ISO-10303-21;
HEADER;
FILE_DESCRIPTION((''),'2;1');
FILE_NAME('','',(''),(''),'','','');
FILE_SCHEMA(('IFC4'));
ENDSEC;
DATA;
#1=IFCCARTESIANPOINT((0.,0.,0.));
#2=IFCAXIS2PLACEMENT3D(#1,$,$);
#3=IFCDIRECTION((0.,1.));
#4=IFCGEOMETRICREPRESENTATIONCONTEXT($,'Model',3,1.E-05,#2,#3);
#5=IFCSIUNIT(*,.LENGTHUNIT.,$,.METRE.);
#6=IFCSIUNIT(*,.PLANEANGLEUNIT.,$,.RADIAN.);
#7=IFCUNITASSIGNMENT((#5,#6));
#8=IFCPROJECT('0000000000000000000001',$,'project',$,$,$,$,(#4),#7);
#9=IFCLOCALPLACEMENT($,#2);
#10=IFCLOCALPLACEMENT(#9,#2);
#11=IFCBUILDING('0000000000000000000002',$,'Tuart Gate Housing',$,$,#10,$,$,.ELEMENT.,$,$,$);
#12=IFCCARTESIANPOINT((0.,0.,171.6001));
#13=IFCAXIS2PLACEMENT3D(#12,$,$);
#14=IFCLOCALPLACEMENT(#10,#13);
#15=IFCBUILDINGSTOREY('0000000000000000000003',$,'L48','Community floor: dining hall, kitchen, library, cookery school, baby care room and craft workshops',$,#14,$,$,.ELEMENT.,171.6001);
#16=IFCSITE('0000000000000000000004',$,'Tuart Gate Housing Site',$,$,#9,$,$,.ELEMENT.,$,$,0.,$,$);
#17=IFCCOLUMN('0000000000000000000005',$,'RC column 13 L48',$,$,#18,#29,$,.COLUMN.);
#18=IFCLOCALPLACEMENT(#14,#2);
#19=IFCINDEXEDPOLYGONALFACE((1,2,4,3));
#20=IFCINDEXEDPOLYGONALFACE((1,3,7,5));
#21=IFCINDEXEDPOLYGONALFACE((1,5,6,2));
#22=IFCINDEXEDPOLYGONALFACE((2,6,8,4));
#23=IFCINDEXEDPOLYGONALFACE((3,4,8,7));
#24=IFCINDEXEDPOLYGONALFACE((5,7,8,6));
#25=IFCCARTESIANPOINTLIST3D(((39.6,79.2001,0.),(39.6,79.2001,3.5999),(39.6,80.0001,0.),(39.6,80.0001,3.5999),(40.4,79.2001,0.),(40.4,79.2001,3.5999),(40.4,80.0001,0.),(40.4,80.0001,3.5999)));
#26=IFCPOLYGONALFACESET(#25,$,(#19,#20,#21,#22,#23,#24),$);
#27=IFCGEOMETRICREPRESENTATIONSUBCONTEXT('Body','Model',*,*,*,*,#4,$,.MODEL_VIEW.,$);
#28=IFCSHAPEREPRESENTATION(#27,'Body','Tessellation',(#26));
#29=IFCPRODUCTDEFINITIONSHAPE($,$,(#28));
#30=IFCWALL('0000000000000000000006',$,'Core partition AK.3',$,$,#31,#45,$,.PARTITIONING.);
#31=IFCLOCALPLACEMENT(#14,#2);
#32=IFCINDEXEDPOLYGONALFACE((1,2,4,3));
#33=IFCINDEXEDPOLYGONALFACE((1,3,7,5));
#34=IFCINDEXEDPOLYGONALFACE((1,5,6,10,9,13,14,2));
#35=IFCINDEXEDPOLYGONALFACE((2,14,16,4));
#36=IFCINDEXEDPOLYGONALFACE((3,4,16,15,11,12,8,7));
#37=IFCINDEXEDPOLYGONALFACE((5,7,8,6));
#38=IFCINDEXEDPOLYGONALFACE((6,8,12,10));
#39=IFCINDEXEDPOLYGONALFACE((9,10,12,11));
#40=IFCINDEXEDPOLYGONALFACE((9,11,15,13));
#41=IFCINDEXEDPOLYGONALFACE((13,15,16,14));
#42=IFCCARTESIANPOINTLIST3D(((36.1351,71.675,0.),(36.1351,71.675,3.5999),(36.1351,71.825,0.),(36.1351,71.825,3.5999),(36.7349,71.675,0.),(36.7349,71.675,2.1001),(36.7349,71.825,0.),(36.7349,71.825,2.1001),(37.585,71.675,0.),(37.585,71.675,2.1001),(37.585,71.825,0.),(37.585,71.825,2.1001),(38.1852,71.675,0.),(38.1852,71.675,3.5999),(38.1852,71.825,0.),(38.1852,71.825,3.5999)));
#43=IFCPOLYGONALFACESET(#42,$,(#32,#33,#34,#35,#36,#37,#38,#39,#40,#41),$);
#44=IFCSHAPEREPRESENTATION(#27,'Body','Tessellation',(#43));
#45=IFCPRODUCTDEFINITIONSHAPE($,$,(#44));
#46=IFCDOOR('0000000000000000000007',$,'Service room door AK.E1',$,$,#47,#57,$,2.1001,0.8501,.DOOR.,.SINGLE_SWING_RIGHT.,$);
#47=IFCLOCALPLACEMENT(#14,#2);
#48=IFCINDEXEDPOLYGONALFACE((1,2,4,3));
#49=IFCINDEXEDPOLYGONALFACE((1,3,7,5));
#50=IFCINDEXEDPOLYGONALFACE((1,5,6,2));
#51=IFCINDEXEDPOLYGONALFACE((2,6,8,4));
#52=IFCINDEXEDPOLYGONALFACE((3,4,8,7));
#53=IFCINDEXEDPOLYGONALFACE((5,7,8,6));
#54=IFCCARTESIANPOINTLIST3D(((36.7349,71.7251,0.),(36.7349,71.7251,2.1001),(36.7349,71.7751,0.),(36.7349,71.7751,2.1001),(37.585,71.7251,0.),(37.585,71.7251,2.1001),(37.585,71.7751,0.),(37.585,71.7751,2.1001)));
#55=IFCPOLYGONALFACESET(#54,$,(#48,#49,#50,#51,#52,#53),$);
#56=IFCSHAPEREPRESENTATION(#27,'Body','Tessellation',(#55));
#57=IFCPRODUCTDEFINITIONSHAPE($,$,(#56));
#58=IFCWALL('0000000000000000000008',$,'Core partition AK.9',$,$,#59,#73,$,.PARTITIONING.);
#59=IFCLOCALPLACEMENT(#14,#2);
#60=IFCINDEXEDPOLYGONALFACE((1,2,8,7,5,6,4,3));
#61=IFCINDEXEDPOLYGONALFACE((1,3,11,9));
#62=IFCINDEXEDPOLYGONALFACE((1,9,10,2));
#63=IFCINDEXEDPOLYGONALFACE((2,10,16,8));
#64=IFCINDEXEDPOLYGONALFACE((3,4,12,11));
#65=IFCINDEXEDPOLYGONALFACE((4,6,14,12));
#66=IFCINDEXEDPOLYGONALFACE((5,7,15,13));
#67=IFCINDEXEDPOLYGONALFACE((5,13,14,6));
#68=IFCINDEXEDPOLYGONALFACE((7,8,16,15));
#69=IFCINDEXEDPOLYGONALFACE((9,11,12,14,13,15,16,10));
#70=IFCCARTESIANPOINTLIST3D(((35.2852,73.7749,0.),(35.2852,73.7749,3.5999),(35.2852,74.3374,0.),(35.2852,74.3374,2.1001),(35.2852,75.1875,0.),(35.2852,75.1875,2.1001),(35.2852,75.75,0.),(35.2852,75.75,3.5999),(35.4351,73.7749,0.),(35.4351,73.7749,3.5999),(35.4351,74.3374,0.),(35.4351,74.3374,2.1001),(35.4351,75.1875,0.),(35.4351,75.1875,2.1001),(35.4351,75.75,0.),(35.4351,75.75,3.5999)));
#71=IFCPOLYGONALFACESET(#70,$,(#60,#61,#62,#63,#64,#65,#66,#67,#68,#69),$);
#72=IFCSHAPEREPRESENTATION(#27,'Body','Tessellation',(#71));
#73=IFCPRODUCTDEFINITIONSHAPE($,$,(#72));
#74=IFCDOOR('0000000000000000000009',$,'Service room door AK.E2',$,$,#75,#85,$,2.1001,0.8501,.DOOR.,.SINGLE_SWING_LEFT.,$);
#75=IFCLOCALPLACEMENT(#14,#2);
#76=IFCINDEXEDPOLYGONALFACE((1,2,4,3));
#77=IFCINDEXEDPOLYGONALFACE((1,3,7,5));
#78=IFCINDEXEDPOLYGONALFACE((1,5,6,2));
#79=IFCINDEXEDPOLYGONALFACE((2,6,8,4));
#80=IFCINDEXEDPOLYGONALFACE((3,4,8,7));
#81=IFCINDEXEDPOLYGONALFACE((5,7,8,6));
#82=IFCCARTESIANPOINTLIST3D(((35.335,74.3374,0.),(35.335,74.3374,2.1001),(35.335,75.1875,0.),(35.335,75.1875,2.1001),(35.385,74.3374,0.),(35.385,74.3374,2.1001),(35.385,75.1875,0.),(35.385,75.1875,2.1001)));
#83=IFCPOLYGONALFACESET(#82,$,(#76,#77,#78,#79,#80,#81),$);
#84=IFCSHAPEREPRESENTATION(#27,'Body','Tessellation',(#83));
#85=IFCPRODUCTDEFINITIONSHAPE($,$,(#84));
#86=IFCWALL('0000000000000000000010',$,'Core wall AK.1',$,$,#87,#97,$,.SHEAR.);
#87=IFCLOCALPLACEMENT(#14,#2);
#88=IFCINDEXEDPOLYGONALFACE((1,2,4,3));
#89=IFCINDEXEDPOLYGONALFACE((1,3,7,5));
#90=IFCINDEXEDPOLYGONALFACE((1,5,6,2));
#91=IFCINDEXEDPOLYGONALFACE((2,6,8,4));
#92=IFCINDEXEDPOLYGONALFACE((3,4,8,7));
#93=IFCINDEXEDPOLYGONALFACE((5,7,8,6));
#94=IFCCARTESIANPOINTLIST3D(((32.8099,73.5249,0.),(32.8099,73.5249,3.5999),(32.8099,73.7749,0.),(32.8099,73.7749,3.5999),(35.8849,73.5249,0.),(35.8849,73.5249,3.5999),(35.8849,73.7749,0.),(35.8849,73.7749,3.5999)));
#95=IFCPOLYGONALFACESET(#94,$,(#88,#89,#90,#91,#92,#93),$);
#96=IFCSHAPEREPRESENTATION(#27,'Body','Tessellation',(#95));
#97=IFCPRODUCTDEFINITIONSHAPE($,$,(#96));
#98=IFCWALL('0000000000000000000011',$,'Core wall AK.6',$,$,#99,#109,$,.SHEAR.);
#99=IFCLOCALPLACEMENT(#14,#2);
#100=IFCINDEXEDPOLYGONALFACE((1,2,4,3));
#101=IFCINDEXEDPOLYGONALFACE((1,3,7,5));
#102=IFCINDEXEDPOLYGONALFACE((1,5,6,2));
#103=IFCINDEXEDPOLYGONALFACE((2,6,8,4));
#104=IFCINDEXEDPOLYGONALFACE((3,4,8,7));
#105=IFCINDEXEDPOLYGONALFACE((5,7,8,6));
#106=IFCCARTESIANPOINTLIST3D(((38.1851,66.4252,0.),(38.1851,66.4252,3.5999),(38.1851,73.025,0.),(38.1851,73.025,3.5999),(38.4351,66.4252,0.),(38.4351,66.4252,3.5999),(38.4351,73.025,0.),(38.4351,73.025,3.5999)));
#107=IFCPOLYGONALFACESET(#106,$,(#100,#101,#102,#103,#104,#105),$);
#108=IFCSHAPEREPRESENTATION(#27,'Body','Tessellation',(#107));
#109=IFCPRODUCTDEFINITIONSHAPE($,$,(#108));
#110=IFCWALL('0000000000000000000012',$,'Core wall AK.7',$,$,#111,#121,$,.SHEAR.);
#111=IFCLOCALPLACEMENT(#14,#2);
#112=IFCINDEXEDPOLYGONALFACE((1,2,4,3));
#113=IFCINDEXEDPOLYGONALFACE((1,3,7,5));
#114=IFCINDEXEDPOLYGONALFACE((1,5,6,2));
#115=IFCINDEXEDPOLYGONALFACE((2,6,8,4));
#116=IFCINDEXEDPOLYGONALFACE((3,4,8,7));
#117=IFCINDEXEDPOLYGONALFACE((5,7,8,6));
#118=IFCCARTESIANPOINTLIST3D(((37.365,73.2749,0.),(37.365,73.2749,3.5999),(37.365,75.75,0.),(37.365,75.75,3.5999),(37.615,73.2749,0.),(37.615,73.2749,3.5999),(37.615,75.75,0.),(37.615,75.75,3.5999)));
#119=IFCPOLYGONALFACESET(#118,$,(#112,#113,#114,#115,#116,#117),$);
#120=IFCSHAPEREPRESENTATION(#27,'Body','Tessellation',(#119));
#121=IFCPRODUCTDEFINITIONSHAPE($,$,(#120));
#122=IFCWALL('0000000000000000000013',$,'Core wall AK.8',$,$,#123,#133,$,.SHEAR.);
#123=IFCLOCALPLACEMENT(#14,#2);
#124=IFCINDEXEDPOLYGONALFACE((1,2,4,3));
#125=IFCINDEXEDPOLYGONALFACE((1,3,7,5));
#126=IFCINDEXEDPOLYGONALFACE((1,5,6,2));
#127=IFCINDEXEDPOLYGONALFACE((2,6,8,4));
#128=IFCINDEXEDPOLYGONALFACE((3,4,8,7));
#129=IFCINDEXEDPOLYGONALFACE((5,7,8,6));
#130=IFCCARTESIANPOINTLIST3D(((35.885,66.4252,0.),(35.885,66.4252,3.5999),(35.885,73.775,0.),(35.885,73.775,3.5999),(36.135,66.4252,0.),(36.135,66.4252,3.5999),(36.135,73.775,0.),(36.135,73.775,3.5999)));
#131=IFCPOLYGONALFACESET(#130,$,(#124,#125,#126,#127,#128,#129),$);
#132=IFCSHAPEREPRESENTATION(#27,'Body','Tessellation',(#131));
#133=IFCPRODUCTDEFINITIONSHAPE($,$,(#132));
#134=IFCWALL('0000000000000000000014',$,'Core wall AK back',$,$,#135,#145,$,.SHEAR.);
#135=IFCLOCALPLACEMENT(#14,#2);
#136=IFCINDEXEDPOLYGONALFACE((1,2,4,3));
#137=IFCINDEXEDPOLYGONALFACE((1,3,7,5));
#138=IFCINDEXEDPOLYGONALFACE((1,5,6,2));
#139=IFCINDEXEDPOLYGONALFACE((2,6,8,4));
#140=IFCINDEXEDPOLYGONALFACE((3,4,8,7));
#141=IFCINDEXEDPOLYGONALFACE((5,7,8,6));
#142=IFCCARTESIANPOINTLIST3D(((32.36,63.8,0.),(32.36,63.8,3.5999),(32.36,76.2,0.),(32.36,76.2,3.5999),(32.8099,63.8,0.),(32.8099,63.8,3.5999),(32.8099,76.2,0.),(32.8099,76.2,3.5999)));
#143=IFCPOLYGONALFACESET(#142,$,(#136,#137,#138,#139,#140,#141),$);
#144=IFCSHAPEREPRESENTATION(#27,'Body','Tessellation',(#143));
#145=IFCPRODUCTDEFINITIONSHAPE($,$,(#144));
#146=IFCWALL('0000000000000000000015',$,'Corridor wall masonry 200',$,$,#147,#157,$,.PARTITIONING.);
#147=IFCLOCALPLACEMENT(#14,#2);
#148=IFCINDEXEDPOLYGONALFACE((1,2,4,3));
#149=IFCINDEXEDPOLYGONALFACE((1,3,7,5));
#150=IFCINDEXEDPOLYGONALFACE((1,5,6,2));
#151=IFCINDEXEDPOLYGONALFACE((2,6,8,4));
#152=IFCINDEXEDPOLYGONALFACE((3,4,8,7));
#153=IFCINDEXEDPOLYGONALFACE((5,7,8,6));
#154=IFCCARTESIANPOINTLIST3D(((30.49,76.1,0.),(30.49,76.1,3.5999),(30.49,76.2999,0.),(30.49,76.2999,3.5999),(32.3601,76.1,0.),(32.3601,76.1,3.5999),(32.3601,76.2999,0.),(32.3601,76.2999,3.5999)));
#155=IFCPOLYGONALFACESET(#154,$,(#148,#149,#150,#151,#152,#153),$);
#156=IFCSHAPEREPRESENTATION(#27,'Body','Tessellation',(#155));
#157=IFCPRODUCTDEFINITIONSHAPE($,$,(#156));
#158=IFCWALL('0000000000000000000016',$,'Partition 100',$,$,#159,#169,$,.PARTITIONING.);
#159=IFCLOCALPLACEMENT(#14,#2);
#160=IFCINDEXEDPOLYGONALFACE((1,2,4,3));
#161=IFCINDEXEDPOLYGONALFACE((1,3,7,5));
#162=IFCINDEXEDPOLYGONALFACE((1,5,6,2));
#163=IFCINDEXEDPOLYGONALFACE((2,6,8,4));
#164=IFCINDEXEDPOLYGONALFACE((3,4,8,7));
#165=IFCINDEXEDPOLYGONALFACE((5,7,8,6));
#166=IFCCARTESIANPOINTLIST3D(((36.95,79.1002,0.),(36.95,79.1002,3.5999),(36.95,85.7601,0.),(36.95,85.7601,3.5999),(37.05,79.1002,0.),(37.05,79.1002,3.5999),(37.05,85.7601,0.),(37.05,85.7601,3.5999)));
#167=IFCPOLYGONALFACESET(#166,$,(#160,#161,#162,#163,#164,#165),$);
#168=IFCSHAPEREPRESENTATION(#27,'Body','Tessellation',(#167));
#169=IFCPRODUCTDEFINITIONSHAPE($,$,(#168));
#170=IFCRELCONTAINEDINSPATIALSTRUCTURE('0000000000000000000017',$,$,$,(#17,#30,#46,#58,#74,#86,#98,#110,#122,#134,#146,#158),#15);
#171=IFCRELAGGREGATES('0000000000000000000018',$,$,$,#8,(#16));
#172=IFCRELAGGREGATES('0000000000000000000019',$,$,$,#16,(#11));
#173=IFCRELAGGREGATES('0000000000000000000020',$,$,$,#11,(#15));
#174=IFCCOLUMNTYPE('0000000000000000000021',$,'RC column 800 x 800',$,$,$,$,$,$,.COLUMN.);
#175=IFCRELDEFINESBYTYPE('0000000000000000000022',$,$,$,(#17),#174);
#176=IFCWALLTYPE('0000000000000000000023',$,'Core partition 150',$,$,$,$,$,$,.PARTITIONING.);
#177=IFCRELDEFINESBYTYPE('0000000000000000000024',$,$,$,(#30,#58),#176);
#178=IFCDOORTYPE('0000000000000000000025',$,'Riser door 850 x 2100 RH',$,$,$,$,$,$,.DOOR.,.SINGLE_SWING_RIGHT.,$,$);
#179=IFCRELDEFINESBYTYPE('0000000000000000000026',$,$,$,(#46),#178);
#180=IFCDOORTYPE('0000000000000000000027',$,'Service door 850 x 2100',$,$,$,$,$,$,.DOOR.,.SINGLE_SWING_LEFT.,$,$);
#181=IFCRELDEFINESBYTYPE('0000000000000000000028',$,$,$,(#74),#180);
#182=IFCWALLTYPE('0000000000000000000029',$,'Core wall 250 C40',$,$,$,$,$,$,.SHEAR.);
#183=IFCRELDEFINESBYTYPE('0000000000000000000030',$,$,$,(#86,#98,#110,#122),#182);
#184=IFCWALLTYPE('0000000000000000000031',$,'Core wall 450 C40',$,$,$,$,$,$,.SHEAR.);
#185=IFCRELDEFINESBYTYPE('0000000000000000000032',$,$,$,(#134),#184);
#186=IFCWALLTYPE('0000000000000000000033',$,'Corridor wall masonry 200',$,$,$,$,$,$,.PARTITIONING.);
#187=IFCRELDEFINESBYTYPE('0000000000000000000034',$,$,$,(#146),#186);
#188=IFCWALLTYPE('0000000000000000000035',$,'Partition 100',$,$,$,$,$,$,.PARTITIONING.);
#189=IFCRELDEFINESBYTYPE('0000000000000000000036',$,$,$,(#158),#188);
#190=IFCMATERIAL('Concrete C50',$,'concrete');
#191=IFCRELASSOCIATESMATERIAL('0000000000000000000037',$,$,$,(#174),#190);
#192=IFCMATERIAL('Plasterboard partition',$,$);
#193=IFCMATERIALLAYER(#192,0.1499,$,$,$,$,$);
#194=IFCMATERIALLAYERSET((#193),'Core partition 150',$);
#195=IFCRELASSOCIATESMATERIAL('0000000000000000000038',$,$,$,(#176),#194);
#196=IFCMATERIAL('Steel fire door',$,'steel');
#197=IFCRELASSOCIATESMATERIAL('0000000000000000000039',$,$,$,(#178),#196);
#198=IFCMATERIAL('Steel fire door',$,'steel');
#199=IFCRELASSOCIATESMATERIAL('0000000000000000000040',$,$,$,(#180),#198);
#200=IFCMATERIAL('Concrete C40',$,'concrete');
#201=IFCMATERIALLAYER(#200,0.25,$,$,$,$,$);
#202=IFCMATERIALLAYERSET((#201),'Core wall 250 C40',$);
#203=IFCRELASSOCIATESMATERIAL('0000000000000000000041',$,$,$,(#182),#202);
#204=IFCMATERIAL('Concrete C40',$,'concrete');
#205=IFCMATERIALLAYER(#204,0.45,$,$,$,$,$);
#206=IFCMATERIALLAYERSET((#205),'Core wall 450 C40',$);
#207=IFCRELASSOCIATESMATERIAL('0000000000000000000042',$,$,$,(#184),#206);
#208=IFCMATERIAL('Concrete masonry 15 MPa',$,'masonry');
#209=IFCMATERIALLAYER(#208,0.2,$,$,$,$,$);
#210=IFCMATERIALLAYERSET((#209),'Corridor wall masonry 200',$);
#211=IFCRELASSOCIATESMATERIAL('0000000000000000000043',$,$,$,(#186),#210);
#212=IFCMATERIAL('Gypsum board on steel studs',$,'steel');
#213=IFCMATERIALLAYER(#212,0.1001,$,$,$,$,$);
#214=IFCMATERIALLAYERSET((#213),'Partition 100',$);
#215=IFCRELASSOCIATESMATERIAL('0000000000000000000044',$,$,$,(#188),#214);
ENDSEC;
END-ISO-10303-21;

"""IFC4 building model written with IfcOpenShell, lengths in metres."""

from ifc_helpers import new_model, si_unit, direction, frame, frame_2d, origin, origin_2d, place, context, subcontext, project, spatial, rectangle, extrude, material, layer, layer_set, material_profile, profile_set, type_object, element, fill, save


model = new_model("IFC4")

# Units and contexts
model_context = context("Model", 3, precision=1e-05, world=origin(), true_north=direction((0.0, 1.0)))
body_context = subcontext(model_context, "Body", "Model", "MODEL_VIEW")
ifc_project = project(units=[si_unit("LENGTHUNIT", "METRE"), si_unit("PLANEANGLEUNIT", "RADIAN")], contexts=[model_context])

# Site, building, storey
site_placement = place(None, origin())
site = spatial("IfcSite", under=ifc_project, at=site_placement, Name="Tuart Gate Housing Site", CompositionType="ELEMENT", RefElevation=0.0)
building_placement = place(site_placement, origin())
building = spatial("IfcBuilding", under=site, at=building_placement, Name="Tuart Gate Housing", CompositionType="ELEMENT")
storey_placement = place(building_placement, frame((0.0, 0.0, 171.6001)))
storey = spatial("IfcBuildingStorey", under=building, at=storey_placement, Name="L48", Description="Community floor: dining hall, kitchen, library, cookery school, baby care room and craft workshops", CompositionType="ELEMENT", Elevation=171.6001)

# Column
ifc_material_1 = material(Name="Concrete C50", Category="concrete")
ifc_material_profile = material_profile(ifc_material_1, rectangle(XDim=0.8, YDim=0.8, at=origin_2d()), Name="RC column 800 x 800")
ifc_profile_set = profile_set([ifc_material_profile], Name="Concrete C50")
column_type = type_object("IfcColumnType", Name="RC column 800 x 800", PredefinedType="COLUMN", material=ifc_profile_set)
column_placement = place(storey_placement, frame((40.0, 79.6001, 0.0), z_axis=(0.0, 0.0, 1.0), x_axis=(1.0, 0.0, 0.0)))
element("IfcColumn", 1, at=column_placement, inside=storey, type_object=column_type, Name="RC column 13 L48", PredefinedType="COLUMN", context=body_context, shape_type="SweptSolid", body=[
    extrude(rectangle(XDim=0.8, YDim=0.8, at=origin_2d()), origin(), (0.0, 0.0, 1.0), 3.5999),
])

# Walls, openings, doors
ifc_material_2 = material(Name="Plasterboard partition")
ifc_layer_1 = layer(ifc_material_2, 0.1499)
ifc_layer_set_1 = layer_set([ifc_layer_1], Name="Core partition 150")
wall_type_1 = type_object("IfcWallType", Name="Core partition 150", PredefinedType="PARTITIONING", material=ifc_layer_set_1)
wall_1_placement = place(storey_placement, frame((38.1851, 71.75, 0.0), z_axis=(0.0, 0.0, 1.0), x_axis=(-1.0, 0.0, 0.0)))
wall_1 = element("IfcWall", 2, at=wall_1_placement, inside=storey, type_object=wall_type_1, Name="Core partition AK.3", PredefinedType="PARTITIONING", context=body_context, shape_type="SweptSolid", body=[
    extrude(rectangle(XDim=2.05, YDim=0.1499, at=frame_2d((1.0249, 0.0))), origin(), (0.0, 0.0, 1.0), 3.5999),
])
opening_1_placement = place(wall_1_placement, frame((0.6001, 0.0, 0.0)))
opening_1 = element("IfcOpeningElement", 3, at=opening_1_placement, cuts=wall_1, PredefinedType="OPENING", context=body_context, shape_type="SweptSolid", body=[
    extrude(rectangle(XDim=0.8501, YDim=2.1001, at=frame_2d((0.425, 1.05))), frame((0.0, 0.085, 0.0), z_axis=(0.0, -1.0, 0.0), x_axis=(1.0, 0.0, 0.0)), (0.0, 0.0, 1.0), 0.1699),
])
ifc_material_3 = material(Name="Steel fire door", Category="steel")
door_type_1 = type_object("IfcDoorType", Name="Riser door 850 x 2100 RH", OperationType="SINGLE_SWING_RIGHT", PredefinedType="DOOR", material=ifc_material_3)
door_1_placement = place(opening_1_placement, frame((0.8501, 0.0, 0.0), z_axis=(0.0, 0.0, 1.0), x_axis=(-1.0, 0.0, 0.0)))
door_1 = element("IfcDoor", 4, at=door_1_placement, inside=storey, type_object=door_type_1, Name="Service room door AK.E1", OperationType="SINGLE_SWING_RIGHT", OverallHeight=2.1001, OverallWidth=0.8501, PredefinedType="DOOR", context=body_context, shape_type="SweptSolid", body=[
    extrude(rectangle(XDim=0.8501, YDim=2.1001, at=frame_2d((0.425, 1.05))), frame((0.0, 0.0251, 0.0), z_axis=(0.0, -1.0, 0.0), x_axis=(1.0, 0.0, 0.0)), (0.0, 0.0, 1.0), 0.05),
])
fill(opening_1, door_1)
wall_2_placement = place(storey_placement, frame((35.3601, 75.75, 0.0), z_axis=(0.0, 0.0, 1.0), x_axis=(0.0, -1.0, 0.0)))
wall_2 = element("IfcWall", 5, at=wall_2_placement, inside=storey, type_object=wall_type_1, Name="Core partition AK.9", PredefinedType="PARTITIONING", context=body_context, shape_type="SweptSolid", body=[
    extrude(rectangle(XDim=1.9751, YDim=0.1499, at=frame_2d((0.9875, 0.0))), origin(), (0.0, 0.0, 1.0), 3.5999),
])
opening_2_placement = place(wall_2_placement, frame((0.5625, 0.0, 0.0)))
opening_2 = element("IfcOpeningElement", 6, at=opening_2_placement, cuts=wall_2, PredefinedType="OPENING", context=body_context, shape_type="SweptSolid", body=[
    extrude(rectangle(XDim=0.8501, YDim=2.1001, at=frame_2d((0.425, 1.05))), frame((0.0, 0.085, 0.0), z_axis=(0.0, -1.0, 0.0), x_axis=(1.0, 0.0, 0.0)), (0.0, 0.0, 1.0), 0.1699),
])
ifc_material_4 = material(Name="Steel fire door", Category="steel")
door_type_2 = type_object("IfcDoorType", Name="Service door 850 x 2100", OperationType="SINGLE_SWING_LEFT", PredefinedType="DOOR", material=ifc_material_4)
door_2_placement = place(opening_2_placement, origin())
door_2 = element("IfcDoor", 7, at=door_2_placement, inside=storey, type_object=door_type_2, Name="Service room door AK.E2", OperationType="SINGLE_SWING_LEFT", OverallHeight=2.1001, OverallWidth=0.8501, PredefinedType="DOOR", context=body_context, shape_type="SweptSolid", body=[
    extrude(rectangle(XDim=0.8501, YDim=2.1001, at=frame_2d((0.425, 1.05))), frame((0.0, 0.0249, 0.0), z_axis=(0.0, -1.0, 0.0), x_axis=(1.0, 0.0, 0.0)), (0.0, 0.0, 1.0), 0.05),
])
fill(opening_2, door_2)

# Walls
ifc_material_5 = material(Name="Concrete C40", Category="concrete")
ifc_layer_2 = layer(ifc_material_5, 0.25)
ifc_layer_set_2 = layer_set([ifc_layer_2], Name="Core wall 250 C40")
wall_type_2 = type_object("IfcWallType", Name="Core wall 250 C40", PredefinedType="SHEAR", material=ifc_layer_set_2)
wall_3_placement = place(storey_placement, frame((35.885, 73.6499, 0.0), z_axis=(0.0, 0.0, 1.0), x_axis=(-1.0, 0.0, 0.0)))
element("IfcWall", 8, at=wall_3_placement, inside=storey, type_object=wall_type_2, Name="Core wall AK.1", PredefinedType="SHEAR", context=body_context, shape_type="SweptSolid", body=[
    extrude(rectangle(XDim=3.075, YDim=0.25, at=frame_2d((1.5376, 0.0))), origin(), (0.0, 0.0, 1.0), 3.5999),
])
wall_4_placement = place(storey_placement, frame((38.3101, 73.0249, 0.0), z_axis=(0.0, 0.0, 1.0), x_axis=(0.0, -1.0, 0.0)))
element("IfcWall", 9, at=wall_4_placement, inside=storey, type_object=wall_type_2, Name="Core wall AK.6", PredefinedType="SHEAR", context=body_context, shape_type="SweptSolid", body=[
    extrude(rectangle(XDim=6.5999, YDim=0.25, at=frame_2d((3.2998, 0.0))), origin(), (0.0, 0.0, 1.0), 3.5999),
])
wall_5_placement = place(storey_placement, frame((37.49, 75.75, 0.0), z_axis=(0.0, 0.0, 1.0), x_axis=(0.0, -1.0, 0.0)))
element("IfcWall", 10, at=wall_5_placement, inside=storey, type_object=wall_type_2, Name="Core wall AK.7", PredefinedType="SHEAR", context=body_context, shape_type="SweptSolid", body=[
    extrude(rectangle(XDim=2.4751, YDim=0.25, at=frame_2d((1.2375, 0.0))), origin(), (0.0, 0.0, 1.0), 3.5999),
])
wall_6_placement = place(storey_placement, frame((36.01, 73.7749, 0.0), z_axis=(0.0, 0.0, 1.0), x_axis=(0.0, -1.0, 0.0)))
element("IfcWall", 11, at=wall_6_placement, inside=storey, type_object=wall_type_2, Name="Core wall AK.8", PredefinedType="SHEAR", context=body_context, shape_type="SweptSolid", body=[
    extrude(rectangle(XDim=7.3499, YDim=0.25, at=frame_2d((3.6748, 0.0))), origin(), (0.0, 0.0, 1.0), 3.5999),
])
ifc_material_6 = material(Name="Concrete C40", Category="concrete")
ifc_layer_3 = layer(ifc_material_6, 0.45)
ifc_layer_set_3 = layer_set([ifc_layer_3], Name="Core wall 450 C40")
wall_type_3 = type_object("IfcWallType", Name="Core wall 450 C40", PredefinedType="SHEAR", material=ifc_layer_set_3)
wall_7_placement = place(storey_placement, frame((32.585, 76.2, 0.0), z_axis=(0.0, 0.0, 1.0), x_axis=(0.0, -1.0, 0.0)))
element("IfcWall", 12, at=wall_7_placement, inside=storey, type_object=wall_type_3, Name="Core wall AK back", PredefinedType="SHEAR", context=body_context, shape_type="SweptSolid", body=[
    extrude(rectangle(XDim=12.3999, YDim=0.45, at=frame_2d((6.2, 0.0))), origin(), (0.0, 0.0, 1.0), 3.5999),
])
ifc_material_7 = material(Name="Concrete masonry 15 MPa", Category="masonry")
ifc_layer_4 = layer(ifc_material_7, 0.2)
ifc_layer_set_4 = layer_set([ifc_layer_4], Name="Corridor wall masonry 200")
wall_type_4 = type_object("IfcWallType", Name="Corridor wall masonry 200", PredefinedType="PARTITIONING", material=ifc_layer_set_4)
wall_8_placement = place(storey_placement, frame((30.49, 76.2, 0.0), z_axis=(0.0, 0.0, 1.0), x_axis=(1.0, 0.0, 0.0)))
element("IfcWall", 13, at=wall_8_placement, inside=storey, type_object=wall_type_4, Name="Corridor wall masonry 200", PredefinedType="PARTITIONING", context=body_context, shape_type="SweptSolid", body=[
    extrude(rectangle(XDim=1.8701, YDim=0.2, at=frame_2d((0.9351, 0.0))), origin(), (0.0, 0.0, 1.0), 3.5999),
])

# Wall
ifc_material_8 = material(Name="Gypsum board on steel studs", Category="steel")
ifc_layer_5 = layer(ifc_material_8, 0.1001)
ifc_layer_set_5 = layer_set([ifc_layer_5], Name="Partition 100")
wall_type_5 = type_object("IfcWallType", Name="Partition 100", PredefinedType="PARTITIONING", material=ifc_layer_set_5)
wall_9_placement = place(storey_placement, frame((37.0, 79.1001, 0.0), z_axis=(0.0, 0.0, 1.0), x_axis=(0.0, 1.0, 0.0)))
element("IfcWall", 14, at=wall_9_placement, inside=storey, type_object=wall_type_5, Name="Partition 100", PredefinedType="PARTITIONING", context=body_context, shape_type="SweptSolid", body=[
    extrude(rectangle(XDim=6.6599, YDim=0.1001, at=frame_2d((3.3301, 0.0))), origin(), (0.0, 0.0, 1.0), 3.5999),
])

save(model, "model.ifc")
